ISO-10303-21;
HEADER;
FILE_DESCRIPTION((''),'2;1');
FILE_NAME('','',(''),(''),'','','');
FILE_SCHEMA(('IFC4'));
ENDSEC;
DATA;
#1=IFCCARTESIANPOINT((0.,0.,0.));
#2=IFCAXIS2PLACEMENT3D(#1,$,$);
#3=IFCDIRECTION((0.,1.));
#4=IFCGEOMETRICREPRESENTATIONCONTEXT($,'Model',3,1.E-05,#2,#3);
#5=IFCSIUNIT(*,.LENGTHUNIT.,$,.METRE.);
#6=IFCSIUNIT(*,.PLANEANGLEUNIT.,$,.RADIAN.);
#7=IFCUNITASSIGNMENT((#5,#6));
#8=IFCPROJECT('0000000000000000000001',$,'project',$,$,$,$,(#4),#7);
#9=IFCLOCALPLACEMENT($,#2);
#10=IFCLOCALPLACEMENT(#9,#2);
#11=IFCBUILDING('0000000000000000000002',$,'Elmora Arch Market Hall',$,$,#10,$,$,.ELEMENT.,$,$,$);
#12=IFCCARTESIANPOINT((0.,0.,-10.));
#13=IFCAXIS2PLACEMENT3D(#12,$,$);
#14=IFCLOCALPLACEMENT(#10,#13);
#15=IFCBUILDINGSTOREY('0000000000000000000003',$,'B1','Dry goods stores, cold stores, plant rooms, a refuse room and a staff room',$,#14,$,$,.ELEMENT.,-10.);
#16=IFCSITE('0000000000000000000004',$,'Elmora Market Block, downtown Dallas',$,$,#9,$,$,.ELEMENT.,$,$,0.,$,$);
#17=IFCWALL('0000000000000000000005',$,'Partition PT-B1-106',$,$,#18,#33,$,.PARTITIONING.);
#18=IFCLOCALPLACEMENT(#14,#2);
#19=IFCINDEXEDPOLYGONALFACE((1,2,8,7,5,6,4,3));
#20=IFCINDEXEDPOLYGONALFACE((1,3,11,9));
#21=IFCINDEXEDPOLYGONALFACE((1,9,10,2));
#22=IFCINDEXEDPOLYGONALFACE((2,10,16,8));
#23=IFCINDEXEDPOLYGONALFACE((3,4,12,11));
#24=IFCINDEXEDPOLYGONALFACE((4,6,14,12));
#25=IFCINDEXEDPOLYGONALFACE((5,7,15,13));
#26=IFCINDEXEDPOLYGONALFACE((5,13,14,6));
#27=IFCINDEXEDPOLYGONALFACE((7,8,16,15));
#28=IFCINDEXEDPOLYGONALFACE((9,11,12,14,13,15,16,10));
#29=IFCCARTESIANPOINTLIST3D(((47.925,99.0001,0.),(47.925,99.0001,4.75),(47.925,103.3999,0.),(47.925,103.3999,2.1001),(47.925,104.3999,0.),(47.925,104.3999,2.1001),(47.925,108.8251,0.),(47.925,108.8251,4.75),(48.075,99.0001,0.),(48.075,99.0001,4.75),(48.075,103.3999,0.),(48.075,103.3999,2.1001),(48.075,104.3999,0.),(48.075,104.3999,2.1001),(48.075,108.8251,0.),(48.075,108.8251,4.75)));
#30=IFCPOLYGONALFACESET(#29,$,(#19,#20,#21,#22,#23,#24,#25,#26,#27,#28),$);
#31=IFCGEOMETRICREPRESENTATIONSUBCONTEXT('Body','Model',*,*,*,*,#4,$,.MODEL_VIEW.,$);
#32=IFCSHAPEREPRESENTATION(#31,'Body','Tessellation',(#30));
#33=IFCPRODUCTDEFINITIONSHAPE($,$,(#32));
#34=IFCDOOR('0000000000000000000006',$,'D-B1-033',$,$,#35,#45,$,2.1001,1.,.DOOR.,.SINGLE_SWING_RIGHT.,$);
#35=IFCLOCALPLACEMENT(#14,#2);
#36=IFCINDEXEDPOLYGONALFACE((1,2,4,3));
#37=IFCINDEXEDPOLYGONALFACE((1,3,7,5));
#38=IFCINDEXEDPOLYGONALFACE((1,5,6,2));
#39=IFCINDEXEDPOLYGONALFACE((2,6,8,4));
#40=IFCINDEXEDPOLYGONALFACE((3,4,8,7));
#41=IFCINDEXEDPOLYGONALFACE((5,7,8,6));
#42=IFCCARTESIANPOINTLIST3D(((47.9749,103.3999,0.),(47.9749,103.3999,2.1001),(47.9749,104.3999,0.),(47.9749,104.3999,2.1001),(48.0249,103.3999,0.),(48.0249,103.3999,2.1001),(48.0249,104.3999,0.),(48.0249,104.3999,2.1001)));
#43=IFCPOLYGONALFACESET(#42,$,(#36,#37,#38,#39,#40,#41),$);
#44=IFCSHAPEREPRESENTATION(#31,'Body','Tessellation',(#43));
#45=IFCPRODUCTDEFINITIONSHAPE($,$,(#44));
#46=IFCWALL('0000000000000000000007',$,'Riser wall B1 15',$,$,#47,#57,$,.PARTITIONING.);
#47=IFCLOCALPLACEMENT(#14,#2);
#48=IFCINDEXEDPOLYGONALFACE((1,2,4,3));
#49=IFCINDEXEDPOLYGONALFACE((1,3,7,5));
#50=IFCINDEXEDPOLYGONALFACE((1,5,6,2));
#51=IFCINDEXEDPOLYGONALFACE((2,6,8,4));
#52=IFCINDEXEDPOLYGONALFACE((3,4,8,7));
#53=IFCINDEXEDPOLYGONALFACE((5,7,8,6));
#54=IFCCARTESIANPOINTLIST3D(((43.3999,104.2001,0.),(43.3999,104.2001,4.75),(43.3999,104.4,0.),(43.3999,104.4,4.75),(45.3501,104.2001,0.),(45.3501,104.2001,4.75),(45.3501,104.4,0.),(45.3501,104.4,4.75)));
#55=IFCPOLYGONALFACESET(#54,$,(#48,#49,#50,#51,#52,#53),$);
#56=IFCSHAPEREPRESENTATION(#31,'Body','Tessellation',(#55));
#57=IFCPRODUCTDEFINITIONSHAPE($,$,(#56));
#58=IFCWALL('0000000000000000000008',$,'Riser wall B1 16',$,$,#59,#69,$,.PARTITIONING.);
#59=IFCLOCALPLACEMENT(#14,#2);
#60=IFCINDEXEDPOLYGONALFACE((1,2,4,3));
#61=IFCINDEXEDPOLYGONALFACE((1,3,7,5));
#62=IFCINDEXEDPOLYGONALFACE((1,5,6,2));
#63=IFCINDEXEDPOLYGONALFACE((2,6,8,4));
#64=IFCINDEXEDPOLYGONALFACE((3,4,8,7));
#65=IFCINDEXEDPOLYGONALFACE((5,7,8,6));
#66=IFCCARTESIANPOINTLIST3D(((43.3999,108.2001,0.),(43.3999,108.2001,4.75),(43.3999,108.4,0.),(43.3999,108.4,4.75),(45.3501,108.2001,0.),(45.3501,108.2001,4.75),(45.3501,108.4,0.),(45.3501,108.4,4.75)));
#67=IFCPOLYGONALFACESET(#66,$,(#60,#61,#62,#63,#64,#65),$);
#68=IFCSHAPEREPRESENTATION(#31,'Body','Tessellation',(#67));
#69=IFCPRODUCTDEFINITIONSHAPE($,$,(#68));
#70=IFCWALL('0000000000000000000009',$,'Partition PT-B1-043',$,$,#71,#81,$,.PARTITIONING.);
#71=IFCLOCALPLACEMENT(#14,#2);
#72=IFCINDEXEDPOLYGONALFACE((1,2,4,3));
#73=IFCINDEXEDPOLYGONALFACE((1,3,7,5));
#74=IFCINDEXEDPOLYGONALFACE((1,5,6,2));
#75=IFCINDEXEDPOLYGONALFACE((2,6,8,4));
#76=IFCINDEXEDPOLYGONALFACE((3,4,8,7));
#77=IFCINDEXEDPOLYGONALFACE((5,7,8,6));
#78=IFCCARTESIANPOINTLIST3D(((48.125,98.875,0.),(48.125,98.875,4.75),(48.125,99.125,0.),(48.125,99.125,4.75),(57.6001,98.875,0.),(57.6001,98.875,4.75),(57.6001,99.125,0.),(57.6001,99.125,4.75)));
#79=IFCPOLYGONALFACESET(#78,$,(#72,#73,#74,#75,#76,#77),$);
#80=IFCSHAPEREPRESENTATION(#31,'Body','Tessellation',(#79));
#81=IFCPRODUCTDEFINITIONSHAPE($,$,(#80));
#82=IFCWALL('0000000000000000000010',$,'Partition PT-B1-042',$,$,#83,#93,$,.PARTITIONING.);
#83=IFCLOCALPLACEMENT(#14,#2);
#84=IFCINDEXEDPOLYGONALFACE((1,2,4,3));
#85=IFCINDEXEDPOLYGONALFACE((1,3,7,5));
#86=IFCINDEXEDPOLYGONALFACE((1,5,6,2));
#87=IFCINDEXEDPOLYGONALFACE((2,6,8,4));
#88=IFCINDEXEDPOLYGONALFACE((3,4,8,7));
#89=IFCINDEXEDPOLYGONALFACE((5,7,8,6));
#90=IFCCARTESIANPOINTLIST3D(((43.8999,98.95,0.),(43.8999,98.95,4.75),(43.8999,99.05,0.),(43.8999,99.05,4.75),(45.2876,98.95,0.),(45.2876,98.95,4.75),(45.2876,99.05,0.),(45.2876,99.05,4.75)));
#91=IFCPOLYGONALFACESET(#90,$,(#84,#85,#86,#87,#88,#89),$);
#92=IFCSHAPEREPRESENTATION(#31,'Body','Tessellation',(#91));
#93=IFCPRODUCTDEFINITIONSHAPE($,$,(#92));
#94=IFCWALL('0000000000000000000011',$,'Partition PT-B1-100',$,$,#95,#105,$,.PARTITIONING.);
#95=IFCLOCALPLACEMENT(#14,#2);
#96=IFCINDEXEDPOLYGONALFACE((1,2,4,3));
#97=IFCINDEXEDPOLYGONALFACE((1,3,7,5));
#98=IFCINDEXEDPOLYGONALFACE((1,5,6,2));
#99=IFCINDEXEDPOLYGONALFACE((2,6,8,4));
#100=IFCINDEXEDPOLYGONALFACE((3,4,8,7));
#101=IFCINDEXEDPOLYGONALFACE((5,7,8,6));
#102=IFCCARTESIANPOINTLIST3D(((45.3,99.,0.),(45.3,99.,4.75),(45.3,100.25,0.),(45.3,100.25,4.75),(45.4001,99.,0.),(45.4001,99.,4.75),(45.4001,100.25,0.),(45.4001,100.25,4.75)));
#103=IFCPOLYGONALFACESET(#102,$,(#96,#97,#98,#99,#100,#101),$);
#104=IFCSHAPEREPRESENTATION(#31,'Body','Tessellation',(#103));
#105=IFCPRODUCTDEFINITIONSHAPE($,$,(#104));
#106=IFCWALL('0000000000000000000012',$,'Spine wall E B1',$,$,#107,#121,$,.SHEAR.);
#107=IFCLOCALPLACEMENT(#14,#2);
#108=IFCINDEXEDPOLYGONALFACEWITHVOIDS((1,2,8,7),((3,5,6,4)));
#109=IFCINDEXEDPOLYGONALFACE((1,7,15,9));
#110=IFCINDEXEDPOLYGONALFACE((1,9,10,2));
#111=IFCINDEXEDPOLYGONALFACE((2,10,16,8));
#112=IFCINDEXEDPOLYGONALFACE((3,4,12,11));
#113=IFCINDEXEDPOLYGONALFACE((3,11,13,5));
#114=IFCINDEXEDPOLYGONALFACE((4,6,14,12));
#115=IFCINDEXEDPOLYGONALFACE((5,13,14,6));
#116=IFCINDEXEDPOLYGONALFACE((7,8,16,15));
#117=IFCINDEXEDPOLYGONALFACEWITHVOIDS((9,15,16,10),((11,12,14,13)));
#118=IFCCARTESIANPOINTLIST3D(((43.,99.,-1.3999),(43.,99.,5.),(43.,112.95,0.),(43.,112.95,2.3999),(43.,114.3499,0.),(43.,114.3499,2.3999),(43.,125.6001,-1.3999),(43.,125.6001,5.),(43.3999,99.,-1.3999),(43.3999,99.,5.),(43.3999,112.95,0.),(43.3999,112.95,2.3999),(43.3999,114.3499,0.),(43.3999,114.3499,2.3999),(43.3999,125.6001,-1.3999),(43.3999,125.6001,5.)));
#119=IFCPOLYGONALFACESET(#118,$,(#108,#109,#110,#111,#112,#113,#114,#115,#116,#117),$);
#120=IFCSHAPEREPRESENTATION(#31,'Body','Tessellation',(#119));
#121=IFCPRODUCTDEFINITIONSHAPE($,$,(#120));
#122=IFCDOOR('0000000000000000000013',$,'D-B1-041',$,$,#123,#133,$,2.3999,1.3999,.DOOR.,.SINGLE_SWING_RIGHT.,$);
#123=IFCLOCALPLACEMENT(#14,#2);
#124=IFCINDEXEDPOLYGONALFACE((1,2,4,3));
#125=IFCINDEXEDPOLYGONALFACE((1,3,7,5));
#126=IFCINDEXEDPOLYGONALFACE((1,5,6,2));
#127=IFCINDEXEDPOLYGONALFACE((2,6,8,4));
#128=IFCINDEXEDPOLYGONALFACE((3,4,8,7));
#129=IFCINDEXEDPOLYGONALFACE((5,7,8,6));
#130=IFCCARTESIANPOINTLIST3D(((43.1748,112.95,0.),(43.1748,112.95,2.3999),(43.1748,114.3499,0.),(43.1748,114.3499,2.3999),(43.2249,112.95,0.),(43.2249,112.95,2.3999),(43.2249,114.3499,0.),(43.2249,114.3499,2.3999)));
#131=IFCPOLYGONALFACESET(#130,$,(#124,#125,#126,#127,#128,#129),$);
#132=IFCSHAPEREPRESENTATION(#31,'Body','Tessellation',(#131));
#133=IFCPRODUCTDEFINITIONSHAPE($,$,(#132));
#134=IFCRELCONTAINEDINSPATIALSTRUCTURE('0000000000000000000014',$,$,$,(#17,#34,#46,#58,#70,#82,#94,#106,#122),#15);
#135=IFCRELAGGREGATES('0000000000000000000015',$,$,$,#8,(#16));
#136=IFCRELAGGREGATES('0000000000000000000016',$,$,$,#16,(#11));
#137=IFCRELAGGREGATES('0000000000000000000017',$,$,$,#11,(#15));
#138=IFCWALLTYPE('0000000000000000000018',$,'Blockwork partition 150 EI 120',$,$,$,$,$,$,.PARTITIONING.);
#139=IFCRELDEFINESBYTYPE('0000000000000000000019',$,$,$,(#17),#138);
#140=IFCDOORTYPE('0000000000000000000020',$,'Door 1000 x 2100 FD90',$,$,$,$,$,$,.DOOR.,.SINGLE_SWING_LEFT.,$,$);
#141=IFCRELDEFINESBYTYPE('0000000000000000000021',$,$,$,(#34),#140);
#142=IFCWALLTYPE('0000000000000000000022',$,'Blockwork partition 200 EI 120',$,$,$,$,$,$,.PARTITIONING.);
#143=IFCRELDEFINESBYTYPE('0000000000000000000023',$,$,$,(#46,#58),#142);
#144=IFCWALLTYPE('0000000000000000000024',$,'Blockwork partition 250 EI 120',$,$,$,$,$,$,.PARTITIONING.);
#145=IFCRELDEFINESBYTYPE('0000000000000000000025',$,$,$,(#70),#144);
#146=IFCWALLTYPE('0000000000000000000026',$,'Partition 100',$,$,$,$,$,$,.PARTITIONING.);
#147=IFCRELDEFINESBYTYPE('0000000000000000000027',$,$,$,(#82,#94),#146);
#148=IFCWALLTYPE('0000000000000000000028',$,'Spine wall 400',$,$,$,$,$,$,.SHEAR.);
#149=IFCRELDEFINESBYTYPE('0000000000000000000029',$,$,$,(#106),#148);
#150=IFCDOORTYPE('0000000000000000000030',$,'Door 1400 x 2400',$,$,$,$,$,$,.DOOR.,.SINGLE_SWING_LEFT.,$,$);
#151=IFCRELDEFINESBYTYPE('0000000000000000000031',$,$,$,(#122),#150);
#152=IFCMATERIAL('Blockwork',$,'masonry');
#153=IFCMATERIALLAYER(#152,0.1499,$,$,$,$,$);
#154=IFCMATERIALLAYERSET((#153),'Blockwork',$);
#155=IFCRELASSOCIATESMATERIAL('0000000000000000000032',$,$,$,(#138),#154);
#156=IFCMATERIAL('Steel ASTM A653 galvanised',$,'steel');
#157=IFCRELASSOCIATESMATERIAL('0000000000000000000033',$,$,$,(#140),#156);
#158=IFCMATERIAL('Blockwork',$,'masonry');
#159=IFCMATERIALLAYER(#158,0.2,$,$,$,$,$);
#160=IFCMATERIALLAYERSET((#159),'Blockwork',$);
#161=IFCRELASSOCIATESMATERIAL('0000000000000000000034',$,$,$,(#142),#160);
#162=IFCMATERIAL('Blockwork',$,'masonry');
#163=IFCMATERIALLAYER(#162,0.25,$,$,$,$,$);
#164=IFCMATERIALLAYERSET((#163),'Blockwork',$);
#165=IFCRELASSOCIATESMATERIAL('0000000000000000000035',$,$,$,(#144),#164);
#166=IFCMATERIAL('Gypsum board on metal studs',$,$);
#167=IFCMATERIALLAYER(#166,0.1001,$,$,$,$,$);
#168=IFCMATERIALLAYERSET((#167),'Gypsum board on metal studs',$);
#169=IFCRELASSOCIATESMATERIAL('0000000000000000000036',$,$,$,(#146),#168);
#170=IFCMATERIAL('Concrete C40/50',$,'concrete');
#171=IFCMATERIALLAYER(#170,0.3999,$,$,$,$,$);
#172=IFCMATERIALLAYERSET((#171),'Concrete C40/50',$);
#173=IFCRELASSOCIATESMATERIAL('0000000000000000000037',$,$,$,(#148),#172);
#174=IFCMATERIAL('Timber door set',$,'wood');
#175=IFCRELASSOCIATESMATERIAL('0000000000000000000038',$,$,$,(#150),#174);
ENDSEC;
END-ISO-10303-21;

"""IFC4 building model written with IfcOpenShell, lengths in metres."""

from ifc_helpers import new_model, si_unit, direction, frame, frame_2d, origin, place, context, subcontext, project, spatial, rectangle, extrude, material, layer, layer_set, type_object, element, fill, save


model = new_model("IFC4")

# Units and contexts
model_context = context("Model", 3, precision=1e-05, world=origin(), true_north=direction((0.0, 1.0)))
body_context = subcontext(model_context, "Body", "Model", "MODEL_VIEW")
ifc_project = project(units=[si_unit("LENGTHUNIT", "METRE"), si_unit("PLANEANGLEUNIT", "RADIAN")], contexts=[model_context])

# Site, building, storey
site_placement = place(None, origin())
site = spatial("IfcSite", under=ifc_project, at=site_placement, Name="Elmora Market Block, downtown Dallas", CompositionType="ELEMENT", RefElevation=0.0)
building_placement = place(site_placement, origin())
building = spatial("IfcBuilding", under=site, at=building_placement, Name="Elmora Arch Market Hall", CompositionType="ELEMENT")
storey_placement = place(building_placement, frame((0.0, 0.0, -10.0)))
storey = spatial("IfcBuildingStorey", under=building, at=storey_placement, Name="B1", Description="Dry goods stores, cold stores, plant rooms, a refuse room and a staff room", CompositionType="ELEMENT", Elevation=-10.0)

# Shared definitions
ifc_material_1 = material(Name="Blockwork", Category="masonry")
ifc_layer_1 = layer(ifc_material_1, 0.1499)
ifc_layer_set_1 = layer_set([ifc_layer_1], Name="Blockwork")
wall_type_1 = type_object("IfcWallType", Name="Blockwork partition 150 EI 120", PredefinedType="PARTITIONING", material=ifc_layer_set_1)

# Wall, opening, door
wall_1_placement = place(storey_placement, frame((48.0, 99.0, 0.0), z_axis=(0.0, 0.0, 1.0), x_axis=(0.0, 1.0, 0.0)))
wall_1 = element("IfcWall", 1, at=wall_1_placement, inside=storey, type_object=wall_type_1, Name="Partition PT-B1-106", PredefinedType="PARTITIONING", context=body_context, shape_type="SweptSolid", body=[
    extrude(rectangle(XDim=9.825, YDim=0.1499, at=frame_2d((4.9126, 0.0))), origin(), (0.0, 0.0, 1.0), 4.75),
])
opening_1_placement = place(wall_1_placement, frame((4.3999, 0.0, 0.0)))
opening_1 = element("IfcOpeningElement", 2, at=opening_1_placement, cuts=wall_1, PredefinedType="OPENING", context=body_context, shape_type="SweptSolid", body=[
    extrude(rectangle(XDim=1.0, YDim=2.1001, at=frame_2d((0.5, 1.05))), frame((0.0, 0.085, 0.0), z_axis=(0.0, -1.0, 0.0), x_axis=(1.0, 0.0, 0.0)), (0.0, 0.0, 1.0), 0.1699),
])
ifc_material_2 = material(Name="Steel ASTM A653 galvanised", Category="steel")
door_type_1 = type_object("IfcDoorType", Name="Door 1000 x 2100 FD90", OperationType="SINGLE_SWING_LEFT", PredefinedType="DOOR", material=ifc_material_2)
door_1_placement = place(opening_1_placement, frame((1.0, 0.0, 0.0), z_axis=(0.0, 0.0, 1.0), x_axis=(-1.0, 0.0, 0.0)))
door_1 = element("IfcDoor", 3, at=door_1_placement, inside=storey, type_object=door_type_1, Name="D-B1-033", OperationType="SINGLE_SWING_RIGHT", OverallHeight=2.1001, OverallWidth=1.0, PredefinedType="DOOR", context=body_context, shape_type="SweptSolid", body=[
    extrude(rectangle(XDim=1.0, YDim=2.1001, at=frame_2d((0.5, 1.05))), frame((0.0, 0.0249, 0.0), z_axis=(0.0, -1.0, 0.0), x_axis=(1.0, 0.0, 0.0)), (0.0, 0.0, 1.0), 0.05),
])
fill(opening_1, door_1)

# Walls
ifc_material_3 = material(Name="Blockwork", Category="masonry")
ifc_layer_2 = layer(ifc_material_3, 0.2)
ifc_layer_set_2 = layer_set([ifc_layer_2], Name="Blockwork")
wall_type_2 = type_object("IfcWallType", Name="Blockwork partition 200 EI 120", PredefinedType="PARTITIONING", material=ifc_layer_set_2)
for number, where, z_axis, x_axis, name in (
    (4, (43.3999, 104.3, 0.0), (0.0, 0.0, 1.0), (1.0, 0.0, 0.0), "Riser wall B1 15"),
    (5, (43.3999, 108.3, 0.0), (0.0, 0.0, 1.0), (1.0, 0.0, 0.0), "Riser wall B1 16"),
):
    element("IfcWall", number, at=place(storey_placement, frame(where, z_axis=z_axis, x_axis=x_axis)), inside=storey, type_object=wall_type_2, Name=name, PredefinedType="PARTITIONING", context=body_context, shape_type="SweptSolid", body=[
        extrude(rectangle(XDim=1.9502, YDim=0.2, at=frame_2d((0.9751, 0.0))), origin(), (0.0, 0.0, 1.0), 4.75),
    ])
ifc_material_4 = material(Name="Blockwork", Category="masonry")
ifc_layer_3 = layer(ifc_material_4, 0.25)
ifc_layer_set_3 = layer_set([ifc_layer_3], Name="Blockwork")
wall_type_3 = type_object("IfcWallType", Name="Blockwork partition 250 EI 120", PredefinedType="PARTITIONING", material=ifc_layer_set_3)
wall_2_placement = place(storey_placement, frame((48.125, 99.0, 0.0), z_axis=(0.0, 0.0, 1.0), x_axis=(1.0, 0.0, 0.0)))
element("IfcWall", 6, at=wall_2_placement, inside=storey, type_object=wall_type_3, Name="Partition PT-B1-043", PredefinedType="PARTITIONING", context=body_context, shape_type="SweptSolid", body=[
    extrude(rectangle(XDim=9.4751, YDim=0.25, at=frame_2d((4.7375, 0.0))), origin(), (0.0, 0.0, 1.0), 4.75),
])
ifc_material_5 = material(Name="Gypsum board on metal studs")
ifc_layer_4 = layer(ifc_material_5, 0.1001)
ifc_layer_set_4 = layer_set([ifc_layer_4], Name="Gypsum board on metal studs")
wall_type_4 = type_object("IfcWallType", Name="Partition 100", PredefinedType="PARTITIONING", material=ifc_layer_set_4)
wall_3_placement = place(storey_placement, frame((43.8999, 99.0, 0.0), z_axis=(0.0, 0.0, 1.0), x_axis=(1.0, 0.0, 0.0)))
element("IfcWall", 7, at=wall_3_placement, inside=storey, type_object=wall_type_4, Name="Partition PT-B1-042", PredefinedType="PARTITIONING", context=body_context, shape_type="SweptSolid", body=[
    extrude(rectangle(XDim=1.3877, YDim=0.1001, at=frame_2d((0.6938, 0.0))), origin(), (0.0, 0.0, 1.0), 4.75),
])
wall_4_placement = place(storey_placement, frame((45.3501, 99.0, 0.0), z_axis=(0.0, 0.0, 1.0), x_axis=(0.0, 1.0, 0.0)))
element("IfcWall", 8, at=wall_4_placement, inside=storey, type_object=wall_type_4, Name="Partition PT-B1-100", PredefinedType="PARTITIONING", context=body_context, shape_type="SweptSolid", body=[
    extrude(rectangle(XDim=1.25, YDim=0.1001, at=frame_2d((0.625, 0.0))), origin(), (0.0, 0.0, 1.0), 4.75),
])

# Wall, opening, door
ifc_material_6 = material(Name="Concrete C40/50", Category="concrete")
ifc_layer_5 = layer(ifc_material_6, 0.3999)
ifc_layer_set_5 = layer_set([ifc_layer_5], Name="Concrete C40/50")
wall_type_5 = type_object("IfcWallType", Name="Spine wall 400", PredefinedType="SHEAR", material=ifc_layer_set_5)
wall_5_placement = place(storey_placement, frame((43.2, 99.0, -1.3999), z_axis=(0.0, 0.0, 1.0), x_axis=(0.0, 1.0, 0.0)))
wall_5 = element("IfcWall", 9, at=wall_5_placement, inside=storey, type_object=wall_type_5, Name="Spine wall E B1", PredefinedType="SHEAR", context=body_context, shape_type="SweptSolid", body=[
    extrude(rectangle(XDim=26.6001, YDim=0.3999, at=frame_2d((13.3, 0.0))), origin(), (0.0, 0.0, 1.0), 6.3999),
])
opening_2_placement = place(wall_5_placement, frame((13.95, 0.0, 1.3999)))
opening_2 = element("IfcOpeningElement", 10, at=opening_2_placement, cuts=wall_5, PredefinedType="OPENING", context=body_context, shape_type="SweptSolid", body=[
    extrude(rectangle(XDim=1.3999, YDim=2.3999, at=frame_2d((0.7, 1.2))), frame((0.0, 0.21, 0.0), z_axis=(0.0, -1.0, 0.0), x_axis=(1.0, 0.0, 0.0)), (0.0, 0.0, 1.0), 0.4199),
])
ifc_material_7 = material(Name="Timber door set", Category="wood")
door_type_2 = type_object("IfcDoorType", Name="Door 1400 x 2400", OperationType="SINGLE_SWING_LEFT", PredefinedType="DOOR", material=ifc_material_7)
door_2_placement = place(opening_2_placement, frame((1.3999, 0.0, 0.0), z_axis=(0.0, 0.0, 1.0), x_axis=(-1.0, 0.0, 0.0)))
door_2 = element("IfcDoor", 11, at=door_2_placement, inside=storey, type_object=door_type_2, Name="D-B1-041", OperationType="SINGLE_SWING_RIGHT", OverallHeight=2.3999, OverallWidth=1.3999, PredefinedType="DOOR", context=body_context, shape_type="SweptSolid", body=[
    extrude(rectangle(XDim=1.3999, YDim=2.3999, at=frame_2d((0.7, 1.2))), frame((0.0, 0.0249, 0.0), z_axis=(0.0, -1.0, 0.0), x_axis=(1.0, 0.0, 0.0)), (0.0, 0.0, 1.0), 0.05),
])
fill(opening_2, door_2)

save(model, "model.ifc")
